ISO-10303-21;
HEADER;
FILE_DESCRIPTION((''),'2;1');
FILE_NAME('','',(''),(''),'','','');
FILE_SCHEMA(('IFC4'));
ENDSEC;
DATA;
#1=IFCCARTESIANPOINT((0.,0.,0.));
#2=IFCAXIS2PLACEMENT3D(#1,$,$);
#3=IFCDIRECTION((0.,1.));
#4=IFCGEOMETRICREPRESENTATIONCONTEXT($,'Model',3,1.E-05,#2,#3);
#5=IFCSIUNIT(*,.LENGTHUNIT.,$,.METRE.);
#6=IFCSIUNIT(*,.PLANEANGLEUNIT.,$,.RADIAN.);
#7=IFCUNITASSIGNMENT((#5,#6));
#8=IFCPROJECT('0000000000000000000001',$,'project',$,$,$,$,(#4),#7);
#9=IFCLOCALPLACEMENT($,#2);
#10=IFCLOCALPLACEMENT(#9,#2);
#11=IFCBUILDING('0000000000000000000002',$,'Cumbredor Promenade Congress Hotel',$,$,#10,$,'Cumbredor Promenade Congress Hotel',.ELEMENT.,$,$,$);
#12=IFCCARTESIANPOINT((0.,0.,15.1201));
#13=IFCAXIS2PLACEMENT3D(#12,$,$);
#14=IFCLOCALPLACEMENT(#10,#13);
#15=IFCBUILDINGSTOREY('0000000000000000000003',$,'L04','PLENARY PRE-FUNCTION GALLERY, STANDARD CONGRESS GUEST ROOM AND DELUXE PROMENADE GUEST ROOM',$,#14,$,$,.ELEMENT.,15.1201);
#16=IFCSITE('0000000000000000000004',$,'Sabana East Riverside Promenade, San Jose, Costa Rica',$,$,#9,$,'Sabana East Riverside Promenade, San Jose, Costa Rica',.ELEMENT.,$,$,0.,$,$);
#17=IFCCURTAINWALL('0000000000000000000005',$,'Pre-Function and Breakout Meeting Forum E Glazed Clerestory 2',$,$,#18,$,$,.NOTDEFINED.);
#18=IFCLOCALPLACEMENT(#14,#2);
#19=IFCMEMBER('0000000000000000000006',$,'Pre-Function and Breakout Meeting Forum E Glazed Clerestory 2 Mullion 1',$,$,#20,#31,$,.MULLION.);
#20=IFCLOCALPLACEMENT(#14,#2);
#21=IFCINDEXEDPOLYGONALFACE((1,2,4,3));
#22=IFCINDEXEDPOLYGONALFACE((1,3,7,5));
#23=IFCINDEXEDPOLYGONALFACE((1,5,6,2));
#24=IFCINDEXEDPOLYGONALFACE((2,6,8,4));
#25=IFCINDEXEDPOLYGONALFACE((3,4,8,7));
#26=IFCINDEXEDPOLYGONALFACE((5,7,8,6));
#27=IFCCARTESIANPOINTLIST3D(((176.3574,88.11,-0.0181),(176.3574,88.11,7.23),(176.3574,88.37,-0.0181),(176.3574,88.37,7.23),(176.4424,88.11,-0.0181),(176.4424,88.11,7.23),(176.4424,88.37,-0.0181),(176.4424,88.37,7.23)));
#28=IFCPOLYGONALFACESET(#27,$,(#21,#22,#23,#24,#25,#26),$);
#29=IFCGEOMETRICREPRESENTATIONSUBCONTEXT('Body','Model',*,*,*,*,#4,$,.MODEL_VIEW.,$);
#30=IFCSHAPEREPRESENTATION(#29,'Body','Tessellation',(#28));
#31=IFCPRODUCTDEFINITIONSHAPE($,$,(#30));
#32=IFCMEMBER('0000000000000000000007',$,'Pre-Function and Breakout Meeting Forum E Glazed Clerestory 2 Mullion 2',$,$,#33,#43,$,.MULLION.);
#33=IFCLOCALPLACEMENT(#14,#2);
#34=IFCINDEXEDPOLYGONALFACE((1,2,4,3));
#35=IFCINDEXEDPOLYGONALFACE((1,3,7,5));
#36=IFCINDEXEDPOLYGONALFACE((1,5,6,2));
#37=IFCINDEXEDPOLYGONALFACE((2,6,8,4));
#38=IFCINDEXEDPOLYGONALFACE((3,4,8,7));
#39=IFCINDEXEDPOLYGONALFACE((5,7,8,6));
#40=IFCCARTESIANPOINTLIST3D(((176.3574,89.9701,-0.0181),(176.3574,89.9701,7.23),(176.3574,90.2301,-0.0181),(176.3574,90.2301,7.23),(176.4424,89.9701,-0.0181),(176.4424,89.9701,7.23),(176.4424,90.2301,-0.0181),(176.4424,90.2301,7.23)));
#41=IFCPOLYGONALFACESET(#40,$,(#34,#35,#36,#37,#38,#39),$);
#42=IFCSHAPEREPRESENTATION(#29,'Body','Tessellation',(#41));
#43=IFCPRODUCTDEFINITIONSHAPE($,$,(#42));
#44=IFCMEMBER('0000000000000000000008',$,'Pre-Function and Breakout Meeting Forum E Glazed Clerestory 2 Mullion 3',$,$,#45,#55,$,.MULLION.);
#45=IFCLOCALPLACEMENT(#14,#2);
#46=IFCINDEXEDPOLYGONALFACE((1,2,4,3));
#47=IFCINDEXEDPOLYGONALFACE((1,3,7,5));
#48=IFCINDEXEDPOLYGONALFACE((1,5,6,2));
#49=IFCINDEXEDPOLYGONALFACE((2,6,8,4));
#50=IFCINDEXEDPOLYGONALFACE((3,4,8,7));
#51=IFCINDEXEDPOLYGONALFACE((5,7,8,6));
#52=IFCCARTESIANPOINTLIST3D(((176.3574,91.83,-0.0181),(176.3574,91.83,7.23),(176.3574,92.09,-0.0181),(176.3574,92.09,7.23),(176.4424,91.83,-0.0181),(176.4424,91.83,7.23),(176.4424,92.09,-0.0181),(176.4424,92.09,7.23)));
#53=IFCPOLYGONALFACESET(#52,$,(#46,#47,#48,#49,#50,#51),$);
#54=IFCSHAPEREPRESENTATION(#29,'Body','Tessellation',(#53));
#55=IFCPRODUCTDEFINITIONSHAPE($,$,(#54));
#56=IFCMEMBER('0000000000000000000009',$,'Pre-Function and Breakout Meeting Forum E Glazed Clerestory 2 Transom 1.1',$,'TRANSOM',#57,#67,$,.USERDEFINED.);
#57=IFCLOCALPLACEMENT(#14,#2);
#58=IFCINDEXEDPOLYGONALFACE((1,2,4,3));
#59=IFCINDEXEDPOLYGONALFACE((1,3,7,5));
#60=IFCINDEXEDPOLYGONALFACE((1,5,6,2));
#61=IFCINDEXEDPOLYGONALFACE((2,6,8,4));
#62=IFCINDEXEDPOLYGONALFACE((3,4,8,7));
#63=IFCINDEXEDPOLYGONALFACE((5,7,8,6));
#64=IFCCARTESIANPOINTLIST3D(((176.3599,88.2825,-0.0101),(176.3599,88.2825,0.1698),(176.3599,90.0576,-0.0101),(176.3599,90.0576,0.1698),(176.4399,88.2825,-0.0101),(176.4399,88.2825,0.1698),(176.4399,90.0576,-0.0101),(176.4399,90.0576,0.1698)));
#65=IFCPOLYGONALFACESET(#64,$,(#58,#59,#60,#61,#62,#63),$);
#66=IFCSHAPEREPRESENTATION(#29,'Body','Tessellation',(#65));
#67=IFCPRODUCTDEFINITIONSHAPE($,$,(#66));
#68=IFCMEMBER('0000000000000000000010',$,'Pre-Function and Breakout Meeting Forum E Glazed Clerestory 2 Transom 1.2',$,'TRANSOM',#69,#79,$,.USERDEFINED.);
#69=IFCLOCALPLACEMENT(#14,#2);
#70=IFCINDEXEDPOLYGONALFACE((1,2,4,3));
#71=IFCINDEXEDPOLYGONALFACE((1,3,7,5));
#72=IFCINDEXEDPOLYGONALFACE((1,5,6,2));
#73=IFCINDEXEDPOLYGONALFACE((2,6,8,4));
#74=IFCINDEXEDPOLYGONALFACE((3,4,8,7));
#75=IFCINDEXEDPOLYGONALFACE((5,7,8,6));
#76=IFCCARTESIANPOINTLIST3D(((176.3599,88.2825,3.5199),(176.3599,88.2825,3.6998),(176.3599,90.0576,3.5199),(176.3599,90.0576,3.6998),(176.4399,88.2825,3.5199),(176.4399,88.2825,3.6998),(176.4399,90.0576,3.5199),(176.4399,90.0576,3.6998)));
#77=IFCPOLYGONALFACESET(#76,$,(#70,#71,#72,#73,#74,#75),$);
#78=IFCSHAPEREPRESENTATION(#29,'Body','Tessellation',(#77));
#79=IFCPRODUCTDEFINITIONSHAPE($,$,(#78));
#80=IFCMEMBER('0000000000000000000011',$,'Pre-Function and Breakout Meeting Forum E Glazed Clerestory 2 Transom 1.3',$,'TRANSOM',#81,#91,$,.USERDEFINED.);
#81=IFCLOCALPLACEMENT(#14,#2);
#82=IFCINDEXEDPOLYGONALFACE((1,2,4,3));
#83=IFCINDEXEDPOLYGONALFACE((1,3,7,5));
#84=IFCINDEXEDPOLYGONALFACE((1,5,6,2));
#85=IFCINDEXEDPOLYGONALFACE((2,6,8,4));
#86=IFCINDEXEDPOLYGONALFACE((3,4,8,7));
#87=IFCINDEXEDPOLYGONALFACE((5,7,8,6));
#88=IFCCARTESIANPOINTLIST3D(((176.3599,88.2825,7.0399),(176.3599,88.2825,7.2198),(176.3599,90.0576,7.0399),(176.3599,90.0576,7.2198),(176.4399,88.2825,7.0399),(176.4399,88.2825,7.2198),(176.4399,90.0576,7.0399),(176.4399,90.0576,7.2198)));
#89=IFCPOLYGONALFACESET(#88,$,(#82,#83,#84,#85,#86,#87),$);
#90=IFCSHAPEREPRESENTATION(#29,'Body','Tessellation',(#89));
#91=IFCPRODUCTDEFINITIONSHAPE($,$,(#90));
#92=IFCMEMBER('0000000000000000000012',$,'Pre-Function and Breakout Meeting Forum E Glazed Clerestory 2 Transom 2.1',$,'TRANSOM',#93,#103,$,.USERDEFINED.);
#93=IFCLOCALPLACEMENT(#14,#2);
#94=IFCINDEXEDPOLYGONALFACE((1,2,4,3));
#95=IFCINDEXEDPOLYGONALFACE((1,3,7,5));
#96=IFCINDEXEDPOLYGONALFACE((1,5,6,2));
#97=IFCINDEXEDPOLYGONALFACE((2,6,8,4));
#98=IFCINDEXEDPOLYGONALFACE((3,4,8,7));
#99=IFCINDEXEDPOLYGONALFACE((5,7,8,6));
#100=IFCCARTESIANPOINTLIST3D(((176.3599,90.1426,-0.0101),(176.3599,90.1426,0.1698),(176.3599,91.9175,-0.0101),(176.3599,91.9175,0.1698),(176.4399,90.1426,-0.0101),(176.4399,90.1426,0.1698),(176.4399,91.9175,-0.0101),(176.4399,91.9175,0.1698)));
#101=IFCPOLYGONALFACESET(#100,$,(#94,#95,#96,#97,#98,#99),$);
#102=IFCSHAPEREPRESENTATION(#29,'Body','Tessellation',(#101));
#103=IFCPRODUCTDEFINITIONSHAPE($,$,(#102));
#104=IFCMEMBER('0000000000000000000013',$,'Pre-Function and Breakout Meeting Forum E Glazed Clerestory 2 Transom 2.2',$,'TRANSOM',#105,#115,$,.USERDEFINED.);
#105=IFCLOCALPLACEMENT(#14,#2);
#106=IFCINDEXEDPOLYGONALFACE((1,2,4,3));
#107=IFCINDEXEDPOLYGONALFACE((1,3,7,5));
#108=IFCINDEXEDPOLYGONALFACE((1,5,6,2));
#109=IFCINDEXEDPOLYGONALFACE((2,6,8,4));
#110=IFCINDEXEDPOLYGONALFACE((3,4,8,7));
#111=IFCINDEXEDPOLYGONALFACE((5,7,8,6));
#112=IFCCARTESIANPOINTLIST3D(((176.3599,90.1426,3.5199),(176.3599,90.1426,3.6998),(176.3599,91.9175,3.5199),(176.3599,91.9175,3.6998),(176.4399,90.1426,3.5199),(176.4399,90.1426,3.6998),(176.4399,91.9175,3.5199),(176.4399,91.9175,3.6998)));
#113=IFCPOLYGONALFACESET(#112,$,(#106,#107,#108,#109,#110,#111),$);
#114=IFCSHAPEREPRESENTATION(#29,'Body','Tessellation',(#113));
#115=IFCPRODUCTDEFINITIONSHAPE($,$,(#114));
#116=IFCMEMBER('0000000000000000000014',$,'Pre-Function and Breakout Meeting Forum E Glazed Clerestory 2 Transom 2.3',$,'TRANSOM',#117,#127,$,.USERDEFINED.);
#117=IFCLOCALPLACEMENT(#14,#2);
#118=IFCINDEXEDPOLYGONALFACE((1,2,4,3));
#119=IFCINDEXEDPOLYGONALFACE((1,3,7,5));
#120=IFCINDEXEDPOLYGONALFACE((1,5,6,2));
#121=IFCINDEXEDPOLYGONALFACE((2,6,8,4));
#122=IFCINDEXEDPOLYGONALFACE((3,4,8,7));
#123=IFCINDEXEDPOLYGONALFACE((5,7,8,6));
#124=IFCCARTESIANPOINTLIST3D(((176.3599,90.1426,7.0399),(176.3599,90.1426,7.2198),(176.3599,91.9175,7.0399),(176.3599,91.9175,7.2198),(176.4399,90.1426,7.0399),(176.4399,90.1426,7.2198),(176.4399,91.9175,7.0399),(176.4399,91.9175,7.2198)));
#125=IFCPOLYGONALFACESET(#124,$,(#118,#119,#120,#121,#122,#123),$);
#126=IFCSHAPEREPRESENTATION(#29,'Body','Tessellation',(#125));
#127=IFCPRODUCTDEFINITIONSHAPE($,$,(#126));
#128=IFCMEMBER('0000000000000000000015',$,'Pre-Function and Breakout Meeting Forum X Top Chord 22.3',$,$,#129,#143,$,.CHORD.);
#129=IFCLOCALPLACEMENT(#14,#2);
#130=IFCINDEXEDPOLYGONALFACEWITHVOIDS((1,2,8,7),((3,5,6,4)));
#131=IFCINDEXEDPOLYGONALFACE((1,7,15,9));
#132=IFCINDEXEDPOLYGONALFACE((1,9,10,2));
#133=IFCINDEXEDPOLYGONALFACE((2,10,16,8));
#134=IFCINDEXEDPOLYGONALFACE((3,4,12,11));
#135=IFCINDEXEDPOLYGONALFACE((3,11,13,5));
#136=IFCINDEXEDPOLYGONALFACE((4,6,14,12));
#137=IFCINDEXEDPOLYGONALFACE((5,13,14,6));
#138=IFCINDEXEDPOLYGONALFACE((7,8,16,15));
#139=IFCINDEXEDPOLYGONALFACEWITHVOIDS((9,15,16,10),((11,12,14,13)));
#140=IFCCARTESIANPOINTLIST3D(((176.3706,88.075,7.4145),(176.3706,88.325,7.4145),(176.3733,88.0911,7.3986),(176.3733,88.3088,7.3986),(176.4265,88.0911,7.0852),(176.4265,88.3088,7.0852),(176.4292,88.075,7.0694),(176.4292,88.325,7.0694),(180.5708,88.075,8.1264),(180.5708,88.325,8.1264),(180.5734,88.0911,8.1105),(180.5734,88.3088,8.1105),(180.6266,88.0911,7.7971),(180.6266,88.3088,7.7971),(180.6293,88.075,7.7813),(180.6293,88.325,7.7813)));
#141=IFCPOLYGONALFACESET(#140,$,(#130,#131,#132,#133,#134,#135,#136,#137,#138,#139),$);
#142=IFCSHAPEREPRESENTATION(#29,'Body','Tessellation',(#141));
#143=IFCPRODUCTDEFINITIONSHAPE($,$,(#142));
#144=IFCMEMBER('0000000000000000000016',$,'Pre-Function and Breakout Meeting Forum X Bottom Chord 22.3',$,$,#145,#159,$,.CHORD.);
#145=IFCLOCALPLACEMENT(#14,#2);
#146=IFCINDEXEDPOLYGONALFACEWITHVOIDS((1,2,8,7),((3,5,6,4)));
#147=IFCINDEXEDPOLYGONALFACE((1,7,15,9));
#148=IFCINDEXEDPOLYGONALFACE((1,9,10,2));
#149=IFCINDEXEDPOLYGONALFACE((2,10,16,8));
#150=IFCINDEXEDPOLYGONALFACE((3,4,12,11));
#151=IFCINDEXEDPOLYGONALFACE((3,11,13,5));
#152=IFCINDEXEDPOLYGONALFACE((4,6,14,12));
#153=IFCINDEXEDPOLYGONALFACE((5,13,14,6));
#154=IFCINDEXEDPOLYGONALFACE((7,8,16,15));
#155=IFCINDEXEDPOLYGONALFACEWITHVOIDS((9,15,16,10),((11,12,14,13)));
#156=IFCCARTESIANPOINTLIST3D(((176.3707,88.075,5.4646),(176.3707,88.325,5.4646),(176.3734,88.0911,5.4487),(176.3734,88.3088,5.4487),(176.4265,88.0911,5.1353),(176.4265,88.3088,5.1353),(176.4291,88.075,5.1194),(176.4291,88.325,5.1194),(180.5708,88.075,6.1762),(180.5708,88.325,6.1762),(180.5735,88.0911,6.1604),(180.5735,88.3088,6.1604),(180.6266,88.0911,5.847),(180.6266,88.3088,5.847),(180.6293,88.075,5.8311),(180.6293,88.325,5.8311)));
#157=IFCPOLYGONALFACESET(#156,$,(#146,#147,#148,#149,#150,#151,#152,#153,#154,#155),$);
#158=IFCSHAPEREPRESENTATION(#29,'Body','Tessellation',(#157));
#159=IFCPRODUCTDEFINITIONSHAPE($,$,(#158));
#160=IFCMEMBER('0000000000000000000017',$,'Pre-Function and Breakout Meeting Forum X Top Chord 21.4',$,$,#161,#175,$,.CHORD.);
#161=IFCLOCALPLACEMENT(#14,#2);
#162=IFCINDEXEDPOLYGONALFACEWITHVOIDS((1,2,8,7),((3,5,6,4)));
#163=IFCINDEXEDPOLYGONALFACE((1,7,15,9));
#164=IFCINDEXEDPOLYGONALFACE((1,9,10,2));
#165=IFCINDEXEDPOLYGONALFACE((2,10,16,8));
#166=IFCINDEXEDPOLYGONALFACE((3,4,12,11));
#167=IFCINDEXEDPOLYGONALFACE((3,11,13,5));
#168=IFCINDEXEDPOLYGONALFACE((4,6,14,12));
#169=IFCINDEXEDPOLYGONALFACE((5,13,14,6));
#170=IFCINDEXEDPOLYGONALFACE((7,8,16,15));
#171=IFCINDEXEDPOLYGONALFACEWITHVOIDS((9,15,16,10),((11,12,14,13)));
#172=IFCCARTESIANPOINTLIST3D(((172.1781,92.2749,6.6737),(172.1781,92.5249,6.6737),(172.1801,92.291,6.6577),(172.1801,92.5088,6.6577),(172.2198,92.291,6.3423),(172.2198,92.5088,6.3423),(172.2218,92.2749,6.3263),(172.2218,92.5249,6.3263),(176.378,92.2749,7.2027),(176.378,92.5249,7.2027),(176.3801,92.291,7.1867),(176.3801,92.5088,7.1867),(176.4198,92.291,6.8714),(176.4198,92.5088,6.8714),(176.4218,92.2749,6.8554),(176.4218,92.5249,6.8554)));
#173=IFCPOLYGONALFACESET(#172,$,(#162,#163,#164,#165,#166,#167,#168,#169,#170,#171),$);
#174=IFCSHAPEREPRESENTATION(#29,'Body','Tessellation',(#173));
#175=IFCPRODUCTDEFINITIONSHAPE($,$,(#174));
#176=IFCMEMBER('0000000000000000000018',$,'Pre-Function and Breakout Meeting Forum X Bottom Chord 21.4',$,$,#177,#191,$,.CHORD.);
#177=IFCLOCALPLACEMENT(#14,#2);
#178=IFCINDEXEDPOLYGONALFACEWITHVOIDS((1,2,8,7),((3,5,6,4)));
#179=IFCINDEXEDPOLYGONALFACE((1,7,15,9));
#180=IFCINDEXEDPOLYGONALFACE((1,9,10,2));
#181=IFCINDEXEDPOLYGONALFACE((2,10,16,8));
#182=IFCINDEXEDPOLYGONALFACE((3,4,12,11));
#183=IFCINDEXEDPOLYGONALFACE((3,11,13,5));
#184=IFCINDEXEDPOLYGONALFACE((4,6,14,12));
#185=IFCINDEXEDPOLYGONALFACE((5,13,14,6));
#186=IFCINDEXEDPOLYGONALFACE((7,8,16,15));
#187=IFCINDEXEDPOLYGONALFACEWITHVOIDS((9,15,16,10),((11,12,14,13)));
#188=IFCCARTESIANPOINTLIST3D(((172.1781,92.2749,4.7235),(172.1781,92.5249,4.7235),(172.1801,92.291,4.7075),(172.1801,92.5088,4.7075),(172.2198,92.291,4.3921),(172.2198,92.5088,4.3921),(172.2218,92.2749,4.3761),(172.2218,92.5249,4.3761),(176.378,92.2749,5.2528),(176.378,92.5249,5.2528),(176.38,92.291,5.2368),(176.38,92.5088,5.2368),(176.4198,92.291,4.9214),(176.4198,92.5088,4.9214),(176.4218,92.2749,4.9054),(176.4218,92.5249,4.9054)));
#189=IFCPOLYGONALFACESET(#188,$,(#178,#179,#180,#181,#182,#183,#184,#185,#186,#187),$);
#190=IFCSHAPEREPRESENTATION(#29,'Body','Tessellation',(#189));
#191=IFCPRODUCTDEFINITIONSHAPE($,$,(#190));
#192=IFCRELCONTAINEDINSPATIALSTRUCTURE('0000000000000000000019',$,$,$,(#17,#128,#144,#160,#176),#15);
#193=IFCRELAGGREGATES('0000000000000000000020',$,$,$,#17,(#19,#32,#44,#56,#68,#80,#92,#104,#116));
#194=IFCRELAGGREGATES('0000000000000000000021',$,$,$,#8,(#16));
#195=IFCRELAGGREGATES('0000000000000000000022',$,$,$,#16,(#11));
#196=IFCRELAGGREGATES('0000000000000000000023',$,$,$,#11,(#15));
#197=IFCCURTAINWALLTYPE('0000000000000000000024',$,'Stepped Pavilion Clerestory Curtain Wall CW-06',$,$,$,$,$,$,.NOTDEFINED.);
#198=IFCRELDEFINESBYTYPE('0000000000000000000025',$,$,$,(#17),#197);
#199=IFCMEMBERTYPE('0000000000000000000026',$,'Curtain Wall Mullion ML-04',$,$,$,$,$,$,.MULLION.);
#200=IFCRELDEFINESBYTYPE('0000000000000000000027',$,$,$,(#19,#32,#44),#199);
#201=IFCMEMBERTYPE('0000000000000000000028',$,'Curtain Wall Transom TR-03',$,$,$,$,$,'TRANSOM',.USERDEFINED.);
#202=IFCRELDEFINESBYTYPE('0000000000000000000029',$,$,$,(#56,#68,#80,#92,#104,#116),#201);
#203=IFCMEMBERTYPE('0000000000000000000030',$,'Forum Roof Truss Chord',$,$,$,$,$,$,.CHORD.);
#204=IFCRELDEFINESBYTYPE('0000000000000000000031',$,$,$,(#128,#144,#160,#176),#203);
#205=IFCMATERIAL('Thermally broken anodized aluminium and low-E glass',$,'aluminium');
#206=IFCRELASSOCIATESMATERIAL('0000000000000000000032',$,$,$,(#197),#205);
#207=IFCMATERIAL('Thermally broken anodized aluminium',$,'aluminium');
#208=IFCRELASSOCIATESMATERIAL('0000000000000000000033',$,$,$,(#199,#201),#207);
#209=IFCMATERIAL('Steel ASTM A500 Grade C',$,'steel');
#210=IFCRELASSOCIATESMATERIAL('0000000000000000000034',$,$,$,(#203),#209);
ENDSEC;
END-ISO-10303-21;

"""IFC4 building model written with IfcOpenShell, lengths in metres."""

from ifc_helpers import new_model, si_unit, direction, frame, origin, origin_2d, place, context, subcontext, project, spatial, rectangle, hollow_rectangle, extrude, material, material_profile, profile_set, type_object, element, aggregate, save


model = new_model("IFC4")

# Units and contexts
model_context = context("Model", 3, precision=1e-05, world=origin(), true_north=direction((0.0, 1.0)))
body_context = subcontext(model_context, "Body", "Model", "MODEL_VIEW")
ifc_project = project(units=[si_unit("LENGTHUNIT", "METRE"), si_unit("PLANEANGLEUNIT", "RADIAN")], contexts=[model_context])

# Site, building, storey
site_placement = place(None, origin())
site = spatial("IfcSite", under=ifc_project, at=site_placement, Name="Sabana East Riverside Promenade, San Jose, Costa Rica", LongName="Sabana East Riverside Promenade, San Jose, Costa Rica", CompositionType="ELEMENT", RefElevation=0.0)
building_placement = place(site_placement, origin())
building = spatial("IfcBuilding", under=site, at=building_placement, Name="Cumbredor Promenade Congress Hotel", LongName="Cumbredor Promenade Congress Hotel", CompositionType="ELEMENT")
storey_placement = place(building_placement, frame((0.0, 0.0, 15.1201)))
storey = spatial("IfcBuildingStorey", under=building, at=storey_placement, Name="L04", Description="PLENARY PRE-FUNCTION GALLERY, STANDARD CONGRESS GUEST ROOM AND DELUXE PROMENADE GUEST ROOM", CompositionType="ELEMENT", Elevation=15.1201)

# Curtain wall, members
ifc_material_1 = material(Name="Thermally broken anodized aluminium and low-E glass", Category="aluminium")
curtain_wall_type = type_object("IfcCurtainWallType", Name="Stepped Pavilion Clerestory Curtain Wall CW-06", PredefinedType="NOTDEFINED", material=ifc_material_1)
curtain_wall_placement = place(storey_placement, origin())
curtain_wall = element("IfcCurtainWall", 1, at=curtain_wall_placement, inside=storey, type_object=curtain_wall_type, Name="Pre-Function and Breakout Meeting Forum E Glazed Clerestory 2", PredefinedType="NOTDEFINED")
ifc_material_2 = material(Name="Thermally broken anodized aluminium", Category="aluminium")
ifc_material_profile_1 = material_profile(ifc_material_2, rectangle(XDim=0.085, YDim=0.26, at=origin_2d()), Name="ALU MULLION CLERESTORY 85x260")
ifc_profile_set_1 = profile_set([ifc_material_profile_1], Name="Thermally broken anodized aluminium")
member_type_1 = type_object("IfcMemberType", Name="Curtain Wall Mullion ML-04", PredefinedType="MULLION", material=ifc_profile_set_1)
member_1_placement = place(storey_placement, frame((176.3999, 88.24, -0.0181), z_axis=(0.0, 0.0, 1.0), x_axis=(1.0, 0.0, 0.0)))
member_1 = element("IfcMember", 2, at=member_1_placement, type_object=member_type_1, Name="Pre-Function and Breakout Meeting Forum E Glazed Clerestory 2 Mullion 1", PredefinedType="MULLION", context=body_context, shape_type="SweptSolid", body=[
    extrude(rectangle(XDim=0.085, YDim=0.26, at=origin_2d()), origin(), (0.0, 0.0, 1.0), 7.248),
])
member_2_placement = place(storey_placement, frame((176.3999, 90.1001, -0.0181), z_axis=(0.0, 0.0, 1.0), x_axis=(1.0, 0.0, 0.0)))
member_2 = element("IfcMember", 3, at=member_2_placement, type_object=member_type_1, Name="Pre-Function and Breakout Meeting Forum E Glazed Clerestory 2 Mullion 2", PredefinedType="MULLION", context=body_context, shape_type="SweptSolid", body=[
    extrude(rectangle(XDim=0.085, YDim=0.26, at=origin_2d()), origin(), (0.0, 0.0, 1.0), 7.248),
])
member_3_placement = place(storey_placement, frame((176.3999, 91.96, -0.0181), z_axis=(0.0, 0.0, 1.0), x_axis=(1.0, 0.0, 0.0)))
member_3 = element("IfcMember", 4, at=member_3_placement, type_object=member_type_1, Name="Pre-Function and Breakout Meeting Forum E Glazed Clerestory 2 Mullion 3", PredefinedType="MULLION", context=body_context, shape_type="SweptSolid", body=[
    extrude(rectangle(XDim=0.085, YDim=0.26, at=origin_2d()), origin(), (0.0, 0.0, 1.0), 7.248),
])
ifc_material_profile_2 = material_profile(ifc_material_2, rectangle(XDim=0.0801, YDim=0.1799, at=origin_2d()), Name="ALU TRANSOM 80x180")
ifc_profile_set_2 = profile_set([ifc_material_profile_2], Name="Thermally broken anodized aluminium")
member_type_2 = type_object("IfcMemberType", Name="Curtain Wall Transom TR-03", ElementType="TRANSOM", PredefinedType="USERDEFINED", material=ifc_profile_set_2)
member_4_placement = place(storey_placement, frame((176.3999, 88.2825, 0.0798), z_axis=(0.0, 1.0, 0.0), x_axis=(-1.0, 0.0, 0.0)))
member_4 = element("IfcMember", 5, at=member_4_placement, type_object=member_type_2, Name="Pre-Function and Breakout Meeting Forum E Glazed Clerestory 2 Transom 1.1", ObjectType="TRANSOM", PredefinedType="USERDEFINED", context=body_context, shape_type="SweptSolid", body=[
    extrude(rectangle(XDim=0.0801, YDim=0.1799, at=origin_2d()), origin(), (0.0, 0.0, 1.0), 1.7751),
])
member_5_placement = place(storey_placement, frame((176.3999, 88.2825, 3.6099), z_axis=(0.0, 1.0, 0.0), x_axis=(-1.0, 0.0, 0.0)))
member_5 = element("IfcMember", 6, at=member_5_placement, type_object=member_type_2, Name="Pre-Function and Breakout Meeting Forum E Glazed Clerestory 2 Transom 1.2", ObjectType="TRANSOM", PredefinedType="USERDEFINED", context=body_context, shape_type="SweptSolid", body=[
    extrude(rectangle(XDim=0.0801, YDim=0.1799, at=origin_2d()), origin(), (0.0, 0.0, 1.0), 1.7751),
])
member_6_placement = place(storey_placement, frame((176.3999, 88.2825, 7.1299), z_axis=(0.0, 1.0, 0.0), x_axis=(-1.0, 0.0, 0.0)))
member_6 = element("IfcMember", 7, at=member_6_placement, type_object=member_type_2, Name="Pre-Function and Breakout Meeting Forum E Glazed Clerestory 2 Transom 1.3", ObjectType="TRANSOM", PredefinedType="USERDEFINED", context=body_context, shape_type="SweptSolid", body=[
    extrude(rectangle(XDim=0.0801, YDim=0.1799, at=origin_2d()), origin(), (0.0, 0.0, 1.0), 1.7751),
])
member_7_placement = place(storey_placement, frame((176.3999, 90.1426, 0.0798), z_axis=(0.0, 1.0, 0.0), x_axis=(-1.0, 0.0, 0.0)))
member_7 = element("IfcMember", 8, at=member_7_placement, type_object=member_type_2, Name="Pre-Function and Breakout Meeting Forum E Glazed Clerestory 2 Transom 2.1", ObjectType="TRANSOM", PredefinedType="USERDEFINED", context=body_context, shape_type="SweptSolid", body=[
    extrude(rectangle(XDim=0.0801, YDim=0.1799, at=origin_2d()), origin(), (0.0, 0.0, 1.0), 1.7749),
])
member_8_placement = place(storey_placement, frame((176.3999, 90.1426, 3.6099), z_axis=(0.0, 1.0, 0.0), x_axis=(-1.0, 0.0, 0.0)))
member_8 = element("IfcMember", 9, at=member_8_placement, type_object=member_type_2, Name="Pre-Function and Breakout Meeting Forum E Glazed Clerestory 2 Transom 2.2", ObjectType="TRANSOM", PredefinedType="USERDEFINED", context=body_context, shape_type="SweptSolid", body=[
    extrude(rectangle(XDim=0.0801, YDim=0.1799, at=origin_2d()), origin(), (0.0, 0.0, 1.0), 1.7749),
])
member_9_placement = place(storey_placement, frame((176.3999, 90.1426, 7.1299), z_axis=(0.0, 1.0, 0.0), x_axis=(-1.0, 0.0, 0.0)))
member_9 = element("IfcMember", 10, at=member_9_placement, type_object=member_type_2, Name="Pre-Function and Breakout Meeting Forum E Glazed Clerestory 2 Transom 2.3", ObjectType="TRANSOM", PredefinedType="USERDEFINED", context=body_context, shape_type="SweptSolid", body=[
    extrude(rectangle(XDim=0.0801, YDim=0.1799, at=origin_2d()), origin(), (0.0, 0.0, 1.0), 1.7749),
])

# Members
ifc_material_3 = material(Name="Steel ASTM A500 Grade C", Category="steel")
ifc_material_profile_3 = material_profile(ifc_material_3, hollow_rectangle(XDim=0.25, YDim=0.3501, WallThickness=0.0161, at=origin_2d()), Name="HSS 350x250x16")
ifc_profile_set_3 = profile_set([ifc_material_profile_3], Name="Steel ASTM A500 Grade C")
member_type_3 = type_object("IfcMemberType", Name="Forum Roof Truss Chord", PredefinedType="CHORD", material=ifc_profile_set_3)
for number, where, z_axis, x_axis, name in (
    (11, (176.3999, 88.2, 7.2419), (0.985938, 0.0, 0.167112), (0.0, 1.0, 0.0), "Pre-Function and Breakout Meeting Forum X Top Chord 22.3"),
    (12, (176.3999, 88.2, 5.292), (0.985947, 0.0, 0.167056), (0.0, 1.0, 0.0), "Pre-Function and Breakout Meeting Forum X Bottom Chord 22.3"),
):
    element("IfcMember", number, at=place(storey_placement, frame(where, z_axis=z_axis, x_axis=x_axis)), inside=storey, type_object=member_type_3, Name=name, PredefinedType="CHORD", context=body_context, shape_type="SweptSolid", body=[
        extrude(hollow_rectangle(XDim=0.25, YDim=0.3501, WallThickness=0.0161, at=origin_2d()), origin(), (0.0, 0.0, 1.0), 4.26),
    ])
for number, where, z_axis, x_axis, name in (
    (13, (172.2, 92.3999, 6.5), (0.992159, 0.0, 0.124979), (0.0, 1.0, 0.0), "Pre-Function and Breakout Meeting Forum X Top Chord 21.4"),
    (14, (172.2, 92.3999, 4.5498), (0.992152, 0.0, 0.125036), (0.0, 1.0, 0.0), "Pre-Function and Breakout Meeting Forum X Bottom Chord 21.4"),
):
    element("IfcMember", number, at=place(storey_placement, frame(where, z_axis=z_axis, x_axis=x_axis)), inside=storey, type_object=member_type_3, Name=name, PredefinedType="CHORD", context=body_context, shape_type="SweptSolid", body=[
        extrude(hollow_rectangle(XDim=0.25, YDim=0.3501, WallThickness=0.0161, at=origin_2d()), origin(), (0.0, 0.0, 1.0), 4.2332),
    ])

aggregate(curtain_wall, [member_1, member_2, member_3, member_4, member_5, member_6, member_7, member_8, member_9])

save(model, "model.ifc")
